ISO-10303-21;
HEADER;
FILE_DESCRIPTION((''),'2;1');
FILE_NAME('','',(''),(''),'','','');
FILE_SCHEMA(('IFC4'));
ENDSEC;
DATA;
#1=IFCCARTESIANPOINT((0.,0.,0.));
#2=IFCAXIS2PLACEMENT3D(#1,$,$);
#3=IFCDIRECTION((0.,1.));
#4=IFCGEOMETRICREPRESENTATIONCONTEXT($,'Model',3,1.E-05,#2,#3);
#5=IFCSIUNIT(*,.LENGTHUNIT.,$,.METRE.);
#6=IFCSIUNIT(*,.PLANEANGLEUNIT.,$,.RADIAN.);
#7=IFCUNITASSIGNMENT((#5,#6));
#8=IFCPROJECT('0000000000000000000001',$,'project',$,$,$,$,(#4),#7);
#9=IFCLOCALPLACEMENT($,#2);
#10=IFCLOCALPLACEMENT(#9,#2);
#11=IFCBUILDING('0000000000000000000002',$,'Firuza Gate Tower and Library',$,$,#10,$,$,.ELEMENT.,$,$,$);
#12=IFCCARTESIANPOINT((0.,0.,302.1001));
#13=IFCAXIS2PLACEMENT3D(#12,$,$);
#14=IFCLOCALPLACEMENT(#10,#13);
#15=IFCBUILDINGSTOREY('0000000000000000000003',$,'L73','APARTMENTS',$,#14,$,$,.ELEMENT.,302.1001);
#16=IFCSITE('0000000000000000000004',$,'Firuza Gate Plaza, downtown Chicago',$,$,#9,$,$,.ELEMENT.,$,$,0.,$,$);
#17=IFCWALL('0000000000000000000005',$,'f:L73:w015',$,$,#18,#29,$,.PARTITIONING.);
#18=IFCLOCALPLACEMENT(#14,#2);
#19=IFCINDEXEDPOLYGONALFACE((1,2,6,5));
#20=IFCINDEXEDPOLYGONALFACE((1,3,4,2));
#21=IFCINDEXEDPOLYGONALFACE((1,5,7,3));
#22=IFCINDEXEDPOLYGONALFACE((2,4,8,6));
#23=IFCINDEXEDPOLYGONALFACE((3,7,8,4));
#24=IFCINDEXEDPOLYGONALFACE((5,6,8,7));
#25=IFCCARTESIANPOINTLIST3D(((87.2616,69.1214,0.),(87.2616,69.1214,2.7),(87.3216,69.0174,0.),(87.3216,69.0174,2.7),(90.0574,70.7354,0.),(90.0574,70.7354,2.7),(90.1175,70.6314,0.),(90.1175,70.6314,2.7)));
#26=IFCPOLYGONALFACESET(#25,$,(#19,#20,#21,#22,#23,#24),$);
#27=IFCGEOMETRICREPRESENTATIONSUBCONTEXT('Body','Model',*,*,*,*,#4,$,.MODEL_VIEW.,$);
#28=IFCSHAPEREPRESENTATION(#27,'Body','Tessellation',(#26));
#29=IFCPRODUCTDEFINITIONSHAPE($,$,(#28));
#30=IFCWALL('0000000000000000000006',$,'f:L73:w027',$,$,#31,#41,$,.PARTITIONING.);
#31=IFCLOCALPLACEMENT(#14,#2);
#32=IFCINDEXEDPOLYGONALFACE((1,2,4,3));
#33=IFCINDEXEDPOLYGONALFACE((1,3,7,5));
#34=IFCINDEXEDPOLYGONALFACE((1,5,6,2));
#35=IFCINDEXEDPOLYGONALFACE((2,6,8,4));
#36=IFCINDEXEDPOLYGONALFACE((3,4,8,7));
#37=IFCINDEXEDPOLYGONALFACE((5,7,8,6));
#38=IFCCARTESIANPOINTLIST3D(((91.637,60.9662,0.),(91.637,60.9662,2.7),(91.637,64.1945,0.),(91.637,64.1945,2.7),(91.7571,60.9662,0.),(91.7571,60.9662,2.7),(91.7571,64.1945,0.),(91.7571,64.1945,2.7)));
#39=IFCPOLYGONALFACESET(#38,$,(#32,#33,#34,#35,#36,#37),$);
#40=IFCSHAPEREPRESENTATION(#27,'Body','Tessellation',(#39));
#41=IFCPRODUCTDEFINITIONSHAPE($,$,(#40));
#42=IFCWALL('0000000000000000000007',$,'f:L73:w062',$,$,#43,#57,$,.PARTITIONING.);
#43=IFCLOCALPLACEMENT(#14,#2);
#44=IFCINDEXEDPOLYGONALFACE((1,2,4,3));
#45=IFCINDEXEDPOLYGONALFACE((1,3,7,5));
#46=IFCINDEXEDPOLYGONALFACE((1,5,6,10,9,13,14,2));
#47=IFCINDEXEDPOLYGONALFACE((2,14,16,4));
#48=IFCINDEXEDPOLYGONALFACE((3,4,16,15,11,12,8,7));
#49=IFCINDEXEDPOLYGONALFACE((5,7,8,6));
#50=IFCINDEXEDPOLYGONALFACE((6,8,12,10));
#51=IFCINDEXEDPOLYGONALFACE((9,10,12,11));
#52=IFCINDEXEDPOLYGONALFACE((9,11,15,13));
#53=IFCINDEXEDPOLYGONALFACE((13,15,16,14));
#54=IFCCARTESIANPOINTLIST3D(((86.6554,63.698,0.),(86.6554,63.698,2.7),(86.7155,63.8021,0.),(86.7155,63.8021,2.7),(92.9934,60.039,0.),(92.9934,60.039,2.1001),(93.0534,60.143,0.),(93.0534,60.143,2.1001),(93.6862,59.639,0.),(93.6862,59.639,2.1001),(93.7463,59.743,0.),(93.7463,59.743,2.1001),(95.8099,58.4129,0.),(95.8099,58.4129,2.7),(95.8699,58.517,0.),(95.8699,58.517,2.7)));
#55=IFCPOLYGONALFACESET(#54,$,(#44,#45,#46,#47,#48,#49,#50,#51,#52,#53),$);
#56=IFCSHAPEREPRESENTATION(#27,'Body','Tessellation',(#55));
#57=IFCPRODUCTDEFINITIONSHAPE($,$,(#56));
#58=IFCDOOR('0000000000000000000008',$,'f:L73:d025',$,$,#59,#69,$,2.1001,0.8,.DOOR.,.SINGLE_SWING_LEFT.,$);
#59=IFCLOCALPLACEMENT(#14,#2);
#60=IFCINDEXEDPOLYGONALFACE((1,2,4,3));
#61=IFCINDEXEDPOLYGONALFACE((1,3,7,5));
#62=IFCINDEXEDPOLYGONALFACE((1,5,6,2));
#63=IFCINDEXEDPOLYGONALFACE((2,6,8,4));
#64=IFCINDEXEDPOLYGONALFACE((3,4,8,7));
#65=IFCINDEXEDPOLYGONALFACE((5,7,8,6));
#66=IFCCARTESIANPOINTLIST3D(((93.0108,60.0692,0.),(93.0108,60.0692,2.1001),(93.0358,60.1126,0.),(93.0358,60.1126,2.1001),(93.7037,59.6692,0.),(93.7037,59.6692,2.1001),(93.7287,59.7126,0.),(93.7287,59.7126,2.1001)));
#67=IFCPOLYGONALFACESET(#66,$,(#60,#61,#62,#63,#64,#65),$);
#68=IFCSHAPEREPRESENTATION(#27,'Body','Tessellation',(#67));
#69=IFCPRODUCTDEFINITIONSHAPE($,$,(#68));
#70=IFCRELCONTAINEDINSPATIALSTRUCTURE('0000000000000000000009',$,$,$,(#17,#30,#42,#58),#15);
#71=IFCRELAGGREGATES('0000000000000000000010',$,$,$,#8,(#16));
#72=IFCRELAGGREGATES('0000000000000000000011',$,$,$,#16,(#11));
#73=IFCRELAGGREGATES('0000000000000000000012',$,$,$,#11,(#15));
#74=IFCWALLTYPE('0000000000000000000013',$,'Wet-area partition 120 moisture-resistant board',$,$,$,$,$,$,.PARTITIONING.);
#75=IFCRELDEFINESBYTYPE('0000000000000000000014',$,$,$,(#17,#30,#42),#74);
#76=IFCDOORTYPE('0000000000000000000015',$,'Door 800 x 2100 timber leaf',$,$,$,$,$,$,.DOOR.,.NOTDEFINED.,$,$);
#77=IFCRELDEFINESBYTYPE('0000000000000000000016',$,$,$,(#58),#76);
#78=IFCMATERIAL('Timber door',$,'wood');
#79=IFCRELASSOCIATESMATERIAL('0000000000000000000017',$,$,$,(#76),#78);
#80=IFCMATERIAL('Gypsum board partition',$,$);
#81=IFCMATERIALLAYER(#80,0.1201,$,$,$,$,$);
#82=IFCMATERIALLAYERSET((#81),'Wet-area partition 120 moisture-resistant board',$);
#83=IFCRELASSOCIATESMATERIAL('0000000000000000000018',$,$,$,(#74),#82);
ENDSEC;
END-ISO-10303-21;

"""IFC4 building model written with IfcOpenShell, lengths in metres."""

from ifc_helpers import new_model, si_unit, direction, frame, frame_2d, origin, place, context, subcontext, project, spatial, rectangle, extrude, material, layer, layer_set, type_object, element, fill, save


model = new_model("IFC4")

# Units and contexts
model_context = context("Model", 3, precision=1e-05, world=origin(), true_north=direction((0.0, 1.0)))
body_context = subcontext(model_context, "Body", "Model", "MODEL_VIEW")
ifc_project = project(units=[si_unit("LENGTHUNIT", "METRE"), si_unit("PLANEANGLEUNIT", "RADIAN")], contexts=[model_context])

# Site, building, storey
site_placement = place(None, origin())
site = spatial("IfcSite", under=ifc_project, at=site_placement, Name="Firuza Gate Plaza, downtown Chicago", CompositionType="ELEMENT", RefElevation=0.0)
building_placement = place(site_placement, origin())
building = spatial("IfcBuilding", under=site, at=building_placement, Name="Firuza Gate Tower and Library", CompositionType="ELEMENT")
storey_placement = place(building_placement, frame((0.0, 0.0, 302.1001)))
storey = spatial("IfcBuildingStorey", under=building, at=storey_placement, Name="L73", Description="APARTMENTS", CompositionType="ELEMENT", Elevation=302.1001)

# Shared definitions
ifc_material_1 = material(Name="Timber door", Category="wood")
door_type_1 = type_object("IfcDoorType", Name="Door 800 x 2100 timber leaf", OperationType="NOTDEFINED", PredefinedType="DOOR", material=ifc_material_1)

# Walls
ifc_material_2 = material(Name="Gypsum board partition")
ifc_layer_1 = layer(ifc_material_2, 0.1201)
ifc_layer_set_1 = layer_set([ifc_layer_1], Name="Wet-area partition 120 moisture-resistant board")
wall_type_1 = type_object("IfcWallType", Name="Wet-area partition 120 moisture-resistant board", PredefinedType="PARTITIONING", material=ifc_layer_set_1)
for number, where, z_axis, x_axis, name in (
    (1, (87.2915, 69.0693, 0.0), (0.0, 0.0, 1.0), (0.866052, 0.499954, 0.0), "f:L73:w015"),
    (2, (91.697, 60.9661, 0.0), (0.0, 0.0, 1.0), (0.0, 1.0, 0.0), "f:L73:w027"),
):
    element("IfcWall", number, at=place(storey_placement, frame(where, z_axis=z_axis, x_axis=x_axis)), inside=storey, type_object=wall_type_1, Name=name, PredefinedType="PARTITIONING", context=body_context, shape_type="SweptSolid", body=[
        extrude(rectangle(XDim=3.2283, YDim=0.1201, at=frame_2d((1.6143, 0.0))), origin(), (0.0, 0.0, 1.0), 2.7),
    ])

# Wall, opening, door
wall_1_placement = place(storey_placement, frame((86.6855, 63.75, 0.0), z_axis=(0.0, 0.0, 1.0), x_axis=(0.866034, -0.499984, 0.0)))
wall_1 = element("IfcWall", 3, at=wall_1_placement, inside=storey, type_object=wall_type_1, Name="f:L73:w062", PredefinedType="PARTITIONING", context=body_context, shape_type="SweptSolid", body=[
    extrude(rectangle(XDim=10.5706, YDim=0.1201, at=frame_2d((5.2852, 0.0))), origin(), (0.0, 0.0, 1.0), 2.7),
])
opening_1_placement = place(wall_1_placement, frame((7.3184, 0.0, 0.0)))
opening_1 = element("IfcOpeningElement", 4, at=opening_1_placement, cuts=wall_1, PredefinedType="OPENING", context=body_context, shape_type="SweptSolid", body=[
    extrude(rectangle(XDim=0.8, YDim=2.1001, at=frame_2d((0.3999, 1.05))), frame((0.0, 0.0701, 0.0), z_axis=(0.0, -1.0, 0.0), x_axis=(1.0, 0.0, 0.0)), (0.0, 0.0, 1.0), 0.1401),
])
door_1_placement = place(opening_1_placement, origin())
door_1 = element("IfcDoor", 5, at=door_1_placement, inside=storey, type_object=door_type_1, Name="f:L73:d025", OperationType="SINGLE_SWING_LEFT", OverallHeight=2.1001, OverallWidth=0.8, PredefinedType="DOOR", context=body_context, shape_type="SweptSolid", body=[
    extrude(rectangle(XDim=0.8, YDim=2.1001, at=frame_2d((0.3999, 1.05))), frame((0.0, 0.0249, 0.0), z_axis=(0.0, -1.0, 0.0), x_axis=(1.0, 0.0, 0.0)), (0.0, 0.0, 1.0), 0.05),
])
fill(opening_1, door_1)

save(model, "model.ifc")
